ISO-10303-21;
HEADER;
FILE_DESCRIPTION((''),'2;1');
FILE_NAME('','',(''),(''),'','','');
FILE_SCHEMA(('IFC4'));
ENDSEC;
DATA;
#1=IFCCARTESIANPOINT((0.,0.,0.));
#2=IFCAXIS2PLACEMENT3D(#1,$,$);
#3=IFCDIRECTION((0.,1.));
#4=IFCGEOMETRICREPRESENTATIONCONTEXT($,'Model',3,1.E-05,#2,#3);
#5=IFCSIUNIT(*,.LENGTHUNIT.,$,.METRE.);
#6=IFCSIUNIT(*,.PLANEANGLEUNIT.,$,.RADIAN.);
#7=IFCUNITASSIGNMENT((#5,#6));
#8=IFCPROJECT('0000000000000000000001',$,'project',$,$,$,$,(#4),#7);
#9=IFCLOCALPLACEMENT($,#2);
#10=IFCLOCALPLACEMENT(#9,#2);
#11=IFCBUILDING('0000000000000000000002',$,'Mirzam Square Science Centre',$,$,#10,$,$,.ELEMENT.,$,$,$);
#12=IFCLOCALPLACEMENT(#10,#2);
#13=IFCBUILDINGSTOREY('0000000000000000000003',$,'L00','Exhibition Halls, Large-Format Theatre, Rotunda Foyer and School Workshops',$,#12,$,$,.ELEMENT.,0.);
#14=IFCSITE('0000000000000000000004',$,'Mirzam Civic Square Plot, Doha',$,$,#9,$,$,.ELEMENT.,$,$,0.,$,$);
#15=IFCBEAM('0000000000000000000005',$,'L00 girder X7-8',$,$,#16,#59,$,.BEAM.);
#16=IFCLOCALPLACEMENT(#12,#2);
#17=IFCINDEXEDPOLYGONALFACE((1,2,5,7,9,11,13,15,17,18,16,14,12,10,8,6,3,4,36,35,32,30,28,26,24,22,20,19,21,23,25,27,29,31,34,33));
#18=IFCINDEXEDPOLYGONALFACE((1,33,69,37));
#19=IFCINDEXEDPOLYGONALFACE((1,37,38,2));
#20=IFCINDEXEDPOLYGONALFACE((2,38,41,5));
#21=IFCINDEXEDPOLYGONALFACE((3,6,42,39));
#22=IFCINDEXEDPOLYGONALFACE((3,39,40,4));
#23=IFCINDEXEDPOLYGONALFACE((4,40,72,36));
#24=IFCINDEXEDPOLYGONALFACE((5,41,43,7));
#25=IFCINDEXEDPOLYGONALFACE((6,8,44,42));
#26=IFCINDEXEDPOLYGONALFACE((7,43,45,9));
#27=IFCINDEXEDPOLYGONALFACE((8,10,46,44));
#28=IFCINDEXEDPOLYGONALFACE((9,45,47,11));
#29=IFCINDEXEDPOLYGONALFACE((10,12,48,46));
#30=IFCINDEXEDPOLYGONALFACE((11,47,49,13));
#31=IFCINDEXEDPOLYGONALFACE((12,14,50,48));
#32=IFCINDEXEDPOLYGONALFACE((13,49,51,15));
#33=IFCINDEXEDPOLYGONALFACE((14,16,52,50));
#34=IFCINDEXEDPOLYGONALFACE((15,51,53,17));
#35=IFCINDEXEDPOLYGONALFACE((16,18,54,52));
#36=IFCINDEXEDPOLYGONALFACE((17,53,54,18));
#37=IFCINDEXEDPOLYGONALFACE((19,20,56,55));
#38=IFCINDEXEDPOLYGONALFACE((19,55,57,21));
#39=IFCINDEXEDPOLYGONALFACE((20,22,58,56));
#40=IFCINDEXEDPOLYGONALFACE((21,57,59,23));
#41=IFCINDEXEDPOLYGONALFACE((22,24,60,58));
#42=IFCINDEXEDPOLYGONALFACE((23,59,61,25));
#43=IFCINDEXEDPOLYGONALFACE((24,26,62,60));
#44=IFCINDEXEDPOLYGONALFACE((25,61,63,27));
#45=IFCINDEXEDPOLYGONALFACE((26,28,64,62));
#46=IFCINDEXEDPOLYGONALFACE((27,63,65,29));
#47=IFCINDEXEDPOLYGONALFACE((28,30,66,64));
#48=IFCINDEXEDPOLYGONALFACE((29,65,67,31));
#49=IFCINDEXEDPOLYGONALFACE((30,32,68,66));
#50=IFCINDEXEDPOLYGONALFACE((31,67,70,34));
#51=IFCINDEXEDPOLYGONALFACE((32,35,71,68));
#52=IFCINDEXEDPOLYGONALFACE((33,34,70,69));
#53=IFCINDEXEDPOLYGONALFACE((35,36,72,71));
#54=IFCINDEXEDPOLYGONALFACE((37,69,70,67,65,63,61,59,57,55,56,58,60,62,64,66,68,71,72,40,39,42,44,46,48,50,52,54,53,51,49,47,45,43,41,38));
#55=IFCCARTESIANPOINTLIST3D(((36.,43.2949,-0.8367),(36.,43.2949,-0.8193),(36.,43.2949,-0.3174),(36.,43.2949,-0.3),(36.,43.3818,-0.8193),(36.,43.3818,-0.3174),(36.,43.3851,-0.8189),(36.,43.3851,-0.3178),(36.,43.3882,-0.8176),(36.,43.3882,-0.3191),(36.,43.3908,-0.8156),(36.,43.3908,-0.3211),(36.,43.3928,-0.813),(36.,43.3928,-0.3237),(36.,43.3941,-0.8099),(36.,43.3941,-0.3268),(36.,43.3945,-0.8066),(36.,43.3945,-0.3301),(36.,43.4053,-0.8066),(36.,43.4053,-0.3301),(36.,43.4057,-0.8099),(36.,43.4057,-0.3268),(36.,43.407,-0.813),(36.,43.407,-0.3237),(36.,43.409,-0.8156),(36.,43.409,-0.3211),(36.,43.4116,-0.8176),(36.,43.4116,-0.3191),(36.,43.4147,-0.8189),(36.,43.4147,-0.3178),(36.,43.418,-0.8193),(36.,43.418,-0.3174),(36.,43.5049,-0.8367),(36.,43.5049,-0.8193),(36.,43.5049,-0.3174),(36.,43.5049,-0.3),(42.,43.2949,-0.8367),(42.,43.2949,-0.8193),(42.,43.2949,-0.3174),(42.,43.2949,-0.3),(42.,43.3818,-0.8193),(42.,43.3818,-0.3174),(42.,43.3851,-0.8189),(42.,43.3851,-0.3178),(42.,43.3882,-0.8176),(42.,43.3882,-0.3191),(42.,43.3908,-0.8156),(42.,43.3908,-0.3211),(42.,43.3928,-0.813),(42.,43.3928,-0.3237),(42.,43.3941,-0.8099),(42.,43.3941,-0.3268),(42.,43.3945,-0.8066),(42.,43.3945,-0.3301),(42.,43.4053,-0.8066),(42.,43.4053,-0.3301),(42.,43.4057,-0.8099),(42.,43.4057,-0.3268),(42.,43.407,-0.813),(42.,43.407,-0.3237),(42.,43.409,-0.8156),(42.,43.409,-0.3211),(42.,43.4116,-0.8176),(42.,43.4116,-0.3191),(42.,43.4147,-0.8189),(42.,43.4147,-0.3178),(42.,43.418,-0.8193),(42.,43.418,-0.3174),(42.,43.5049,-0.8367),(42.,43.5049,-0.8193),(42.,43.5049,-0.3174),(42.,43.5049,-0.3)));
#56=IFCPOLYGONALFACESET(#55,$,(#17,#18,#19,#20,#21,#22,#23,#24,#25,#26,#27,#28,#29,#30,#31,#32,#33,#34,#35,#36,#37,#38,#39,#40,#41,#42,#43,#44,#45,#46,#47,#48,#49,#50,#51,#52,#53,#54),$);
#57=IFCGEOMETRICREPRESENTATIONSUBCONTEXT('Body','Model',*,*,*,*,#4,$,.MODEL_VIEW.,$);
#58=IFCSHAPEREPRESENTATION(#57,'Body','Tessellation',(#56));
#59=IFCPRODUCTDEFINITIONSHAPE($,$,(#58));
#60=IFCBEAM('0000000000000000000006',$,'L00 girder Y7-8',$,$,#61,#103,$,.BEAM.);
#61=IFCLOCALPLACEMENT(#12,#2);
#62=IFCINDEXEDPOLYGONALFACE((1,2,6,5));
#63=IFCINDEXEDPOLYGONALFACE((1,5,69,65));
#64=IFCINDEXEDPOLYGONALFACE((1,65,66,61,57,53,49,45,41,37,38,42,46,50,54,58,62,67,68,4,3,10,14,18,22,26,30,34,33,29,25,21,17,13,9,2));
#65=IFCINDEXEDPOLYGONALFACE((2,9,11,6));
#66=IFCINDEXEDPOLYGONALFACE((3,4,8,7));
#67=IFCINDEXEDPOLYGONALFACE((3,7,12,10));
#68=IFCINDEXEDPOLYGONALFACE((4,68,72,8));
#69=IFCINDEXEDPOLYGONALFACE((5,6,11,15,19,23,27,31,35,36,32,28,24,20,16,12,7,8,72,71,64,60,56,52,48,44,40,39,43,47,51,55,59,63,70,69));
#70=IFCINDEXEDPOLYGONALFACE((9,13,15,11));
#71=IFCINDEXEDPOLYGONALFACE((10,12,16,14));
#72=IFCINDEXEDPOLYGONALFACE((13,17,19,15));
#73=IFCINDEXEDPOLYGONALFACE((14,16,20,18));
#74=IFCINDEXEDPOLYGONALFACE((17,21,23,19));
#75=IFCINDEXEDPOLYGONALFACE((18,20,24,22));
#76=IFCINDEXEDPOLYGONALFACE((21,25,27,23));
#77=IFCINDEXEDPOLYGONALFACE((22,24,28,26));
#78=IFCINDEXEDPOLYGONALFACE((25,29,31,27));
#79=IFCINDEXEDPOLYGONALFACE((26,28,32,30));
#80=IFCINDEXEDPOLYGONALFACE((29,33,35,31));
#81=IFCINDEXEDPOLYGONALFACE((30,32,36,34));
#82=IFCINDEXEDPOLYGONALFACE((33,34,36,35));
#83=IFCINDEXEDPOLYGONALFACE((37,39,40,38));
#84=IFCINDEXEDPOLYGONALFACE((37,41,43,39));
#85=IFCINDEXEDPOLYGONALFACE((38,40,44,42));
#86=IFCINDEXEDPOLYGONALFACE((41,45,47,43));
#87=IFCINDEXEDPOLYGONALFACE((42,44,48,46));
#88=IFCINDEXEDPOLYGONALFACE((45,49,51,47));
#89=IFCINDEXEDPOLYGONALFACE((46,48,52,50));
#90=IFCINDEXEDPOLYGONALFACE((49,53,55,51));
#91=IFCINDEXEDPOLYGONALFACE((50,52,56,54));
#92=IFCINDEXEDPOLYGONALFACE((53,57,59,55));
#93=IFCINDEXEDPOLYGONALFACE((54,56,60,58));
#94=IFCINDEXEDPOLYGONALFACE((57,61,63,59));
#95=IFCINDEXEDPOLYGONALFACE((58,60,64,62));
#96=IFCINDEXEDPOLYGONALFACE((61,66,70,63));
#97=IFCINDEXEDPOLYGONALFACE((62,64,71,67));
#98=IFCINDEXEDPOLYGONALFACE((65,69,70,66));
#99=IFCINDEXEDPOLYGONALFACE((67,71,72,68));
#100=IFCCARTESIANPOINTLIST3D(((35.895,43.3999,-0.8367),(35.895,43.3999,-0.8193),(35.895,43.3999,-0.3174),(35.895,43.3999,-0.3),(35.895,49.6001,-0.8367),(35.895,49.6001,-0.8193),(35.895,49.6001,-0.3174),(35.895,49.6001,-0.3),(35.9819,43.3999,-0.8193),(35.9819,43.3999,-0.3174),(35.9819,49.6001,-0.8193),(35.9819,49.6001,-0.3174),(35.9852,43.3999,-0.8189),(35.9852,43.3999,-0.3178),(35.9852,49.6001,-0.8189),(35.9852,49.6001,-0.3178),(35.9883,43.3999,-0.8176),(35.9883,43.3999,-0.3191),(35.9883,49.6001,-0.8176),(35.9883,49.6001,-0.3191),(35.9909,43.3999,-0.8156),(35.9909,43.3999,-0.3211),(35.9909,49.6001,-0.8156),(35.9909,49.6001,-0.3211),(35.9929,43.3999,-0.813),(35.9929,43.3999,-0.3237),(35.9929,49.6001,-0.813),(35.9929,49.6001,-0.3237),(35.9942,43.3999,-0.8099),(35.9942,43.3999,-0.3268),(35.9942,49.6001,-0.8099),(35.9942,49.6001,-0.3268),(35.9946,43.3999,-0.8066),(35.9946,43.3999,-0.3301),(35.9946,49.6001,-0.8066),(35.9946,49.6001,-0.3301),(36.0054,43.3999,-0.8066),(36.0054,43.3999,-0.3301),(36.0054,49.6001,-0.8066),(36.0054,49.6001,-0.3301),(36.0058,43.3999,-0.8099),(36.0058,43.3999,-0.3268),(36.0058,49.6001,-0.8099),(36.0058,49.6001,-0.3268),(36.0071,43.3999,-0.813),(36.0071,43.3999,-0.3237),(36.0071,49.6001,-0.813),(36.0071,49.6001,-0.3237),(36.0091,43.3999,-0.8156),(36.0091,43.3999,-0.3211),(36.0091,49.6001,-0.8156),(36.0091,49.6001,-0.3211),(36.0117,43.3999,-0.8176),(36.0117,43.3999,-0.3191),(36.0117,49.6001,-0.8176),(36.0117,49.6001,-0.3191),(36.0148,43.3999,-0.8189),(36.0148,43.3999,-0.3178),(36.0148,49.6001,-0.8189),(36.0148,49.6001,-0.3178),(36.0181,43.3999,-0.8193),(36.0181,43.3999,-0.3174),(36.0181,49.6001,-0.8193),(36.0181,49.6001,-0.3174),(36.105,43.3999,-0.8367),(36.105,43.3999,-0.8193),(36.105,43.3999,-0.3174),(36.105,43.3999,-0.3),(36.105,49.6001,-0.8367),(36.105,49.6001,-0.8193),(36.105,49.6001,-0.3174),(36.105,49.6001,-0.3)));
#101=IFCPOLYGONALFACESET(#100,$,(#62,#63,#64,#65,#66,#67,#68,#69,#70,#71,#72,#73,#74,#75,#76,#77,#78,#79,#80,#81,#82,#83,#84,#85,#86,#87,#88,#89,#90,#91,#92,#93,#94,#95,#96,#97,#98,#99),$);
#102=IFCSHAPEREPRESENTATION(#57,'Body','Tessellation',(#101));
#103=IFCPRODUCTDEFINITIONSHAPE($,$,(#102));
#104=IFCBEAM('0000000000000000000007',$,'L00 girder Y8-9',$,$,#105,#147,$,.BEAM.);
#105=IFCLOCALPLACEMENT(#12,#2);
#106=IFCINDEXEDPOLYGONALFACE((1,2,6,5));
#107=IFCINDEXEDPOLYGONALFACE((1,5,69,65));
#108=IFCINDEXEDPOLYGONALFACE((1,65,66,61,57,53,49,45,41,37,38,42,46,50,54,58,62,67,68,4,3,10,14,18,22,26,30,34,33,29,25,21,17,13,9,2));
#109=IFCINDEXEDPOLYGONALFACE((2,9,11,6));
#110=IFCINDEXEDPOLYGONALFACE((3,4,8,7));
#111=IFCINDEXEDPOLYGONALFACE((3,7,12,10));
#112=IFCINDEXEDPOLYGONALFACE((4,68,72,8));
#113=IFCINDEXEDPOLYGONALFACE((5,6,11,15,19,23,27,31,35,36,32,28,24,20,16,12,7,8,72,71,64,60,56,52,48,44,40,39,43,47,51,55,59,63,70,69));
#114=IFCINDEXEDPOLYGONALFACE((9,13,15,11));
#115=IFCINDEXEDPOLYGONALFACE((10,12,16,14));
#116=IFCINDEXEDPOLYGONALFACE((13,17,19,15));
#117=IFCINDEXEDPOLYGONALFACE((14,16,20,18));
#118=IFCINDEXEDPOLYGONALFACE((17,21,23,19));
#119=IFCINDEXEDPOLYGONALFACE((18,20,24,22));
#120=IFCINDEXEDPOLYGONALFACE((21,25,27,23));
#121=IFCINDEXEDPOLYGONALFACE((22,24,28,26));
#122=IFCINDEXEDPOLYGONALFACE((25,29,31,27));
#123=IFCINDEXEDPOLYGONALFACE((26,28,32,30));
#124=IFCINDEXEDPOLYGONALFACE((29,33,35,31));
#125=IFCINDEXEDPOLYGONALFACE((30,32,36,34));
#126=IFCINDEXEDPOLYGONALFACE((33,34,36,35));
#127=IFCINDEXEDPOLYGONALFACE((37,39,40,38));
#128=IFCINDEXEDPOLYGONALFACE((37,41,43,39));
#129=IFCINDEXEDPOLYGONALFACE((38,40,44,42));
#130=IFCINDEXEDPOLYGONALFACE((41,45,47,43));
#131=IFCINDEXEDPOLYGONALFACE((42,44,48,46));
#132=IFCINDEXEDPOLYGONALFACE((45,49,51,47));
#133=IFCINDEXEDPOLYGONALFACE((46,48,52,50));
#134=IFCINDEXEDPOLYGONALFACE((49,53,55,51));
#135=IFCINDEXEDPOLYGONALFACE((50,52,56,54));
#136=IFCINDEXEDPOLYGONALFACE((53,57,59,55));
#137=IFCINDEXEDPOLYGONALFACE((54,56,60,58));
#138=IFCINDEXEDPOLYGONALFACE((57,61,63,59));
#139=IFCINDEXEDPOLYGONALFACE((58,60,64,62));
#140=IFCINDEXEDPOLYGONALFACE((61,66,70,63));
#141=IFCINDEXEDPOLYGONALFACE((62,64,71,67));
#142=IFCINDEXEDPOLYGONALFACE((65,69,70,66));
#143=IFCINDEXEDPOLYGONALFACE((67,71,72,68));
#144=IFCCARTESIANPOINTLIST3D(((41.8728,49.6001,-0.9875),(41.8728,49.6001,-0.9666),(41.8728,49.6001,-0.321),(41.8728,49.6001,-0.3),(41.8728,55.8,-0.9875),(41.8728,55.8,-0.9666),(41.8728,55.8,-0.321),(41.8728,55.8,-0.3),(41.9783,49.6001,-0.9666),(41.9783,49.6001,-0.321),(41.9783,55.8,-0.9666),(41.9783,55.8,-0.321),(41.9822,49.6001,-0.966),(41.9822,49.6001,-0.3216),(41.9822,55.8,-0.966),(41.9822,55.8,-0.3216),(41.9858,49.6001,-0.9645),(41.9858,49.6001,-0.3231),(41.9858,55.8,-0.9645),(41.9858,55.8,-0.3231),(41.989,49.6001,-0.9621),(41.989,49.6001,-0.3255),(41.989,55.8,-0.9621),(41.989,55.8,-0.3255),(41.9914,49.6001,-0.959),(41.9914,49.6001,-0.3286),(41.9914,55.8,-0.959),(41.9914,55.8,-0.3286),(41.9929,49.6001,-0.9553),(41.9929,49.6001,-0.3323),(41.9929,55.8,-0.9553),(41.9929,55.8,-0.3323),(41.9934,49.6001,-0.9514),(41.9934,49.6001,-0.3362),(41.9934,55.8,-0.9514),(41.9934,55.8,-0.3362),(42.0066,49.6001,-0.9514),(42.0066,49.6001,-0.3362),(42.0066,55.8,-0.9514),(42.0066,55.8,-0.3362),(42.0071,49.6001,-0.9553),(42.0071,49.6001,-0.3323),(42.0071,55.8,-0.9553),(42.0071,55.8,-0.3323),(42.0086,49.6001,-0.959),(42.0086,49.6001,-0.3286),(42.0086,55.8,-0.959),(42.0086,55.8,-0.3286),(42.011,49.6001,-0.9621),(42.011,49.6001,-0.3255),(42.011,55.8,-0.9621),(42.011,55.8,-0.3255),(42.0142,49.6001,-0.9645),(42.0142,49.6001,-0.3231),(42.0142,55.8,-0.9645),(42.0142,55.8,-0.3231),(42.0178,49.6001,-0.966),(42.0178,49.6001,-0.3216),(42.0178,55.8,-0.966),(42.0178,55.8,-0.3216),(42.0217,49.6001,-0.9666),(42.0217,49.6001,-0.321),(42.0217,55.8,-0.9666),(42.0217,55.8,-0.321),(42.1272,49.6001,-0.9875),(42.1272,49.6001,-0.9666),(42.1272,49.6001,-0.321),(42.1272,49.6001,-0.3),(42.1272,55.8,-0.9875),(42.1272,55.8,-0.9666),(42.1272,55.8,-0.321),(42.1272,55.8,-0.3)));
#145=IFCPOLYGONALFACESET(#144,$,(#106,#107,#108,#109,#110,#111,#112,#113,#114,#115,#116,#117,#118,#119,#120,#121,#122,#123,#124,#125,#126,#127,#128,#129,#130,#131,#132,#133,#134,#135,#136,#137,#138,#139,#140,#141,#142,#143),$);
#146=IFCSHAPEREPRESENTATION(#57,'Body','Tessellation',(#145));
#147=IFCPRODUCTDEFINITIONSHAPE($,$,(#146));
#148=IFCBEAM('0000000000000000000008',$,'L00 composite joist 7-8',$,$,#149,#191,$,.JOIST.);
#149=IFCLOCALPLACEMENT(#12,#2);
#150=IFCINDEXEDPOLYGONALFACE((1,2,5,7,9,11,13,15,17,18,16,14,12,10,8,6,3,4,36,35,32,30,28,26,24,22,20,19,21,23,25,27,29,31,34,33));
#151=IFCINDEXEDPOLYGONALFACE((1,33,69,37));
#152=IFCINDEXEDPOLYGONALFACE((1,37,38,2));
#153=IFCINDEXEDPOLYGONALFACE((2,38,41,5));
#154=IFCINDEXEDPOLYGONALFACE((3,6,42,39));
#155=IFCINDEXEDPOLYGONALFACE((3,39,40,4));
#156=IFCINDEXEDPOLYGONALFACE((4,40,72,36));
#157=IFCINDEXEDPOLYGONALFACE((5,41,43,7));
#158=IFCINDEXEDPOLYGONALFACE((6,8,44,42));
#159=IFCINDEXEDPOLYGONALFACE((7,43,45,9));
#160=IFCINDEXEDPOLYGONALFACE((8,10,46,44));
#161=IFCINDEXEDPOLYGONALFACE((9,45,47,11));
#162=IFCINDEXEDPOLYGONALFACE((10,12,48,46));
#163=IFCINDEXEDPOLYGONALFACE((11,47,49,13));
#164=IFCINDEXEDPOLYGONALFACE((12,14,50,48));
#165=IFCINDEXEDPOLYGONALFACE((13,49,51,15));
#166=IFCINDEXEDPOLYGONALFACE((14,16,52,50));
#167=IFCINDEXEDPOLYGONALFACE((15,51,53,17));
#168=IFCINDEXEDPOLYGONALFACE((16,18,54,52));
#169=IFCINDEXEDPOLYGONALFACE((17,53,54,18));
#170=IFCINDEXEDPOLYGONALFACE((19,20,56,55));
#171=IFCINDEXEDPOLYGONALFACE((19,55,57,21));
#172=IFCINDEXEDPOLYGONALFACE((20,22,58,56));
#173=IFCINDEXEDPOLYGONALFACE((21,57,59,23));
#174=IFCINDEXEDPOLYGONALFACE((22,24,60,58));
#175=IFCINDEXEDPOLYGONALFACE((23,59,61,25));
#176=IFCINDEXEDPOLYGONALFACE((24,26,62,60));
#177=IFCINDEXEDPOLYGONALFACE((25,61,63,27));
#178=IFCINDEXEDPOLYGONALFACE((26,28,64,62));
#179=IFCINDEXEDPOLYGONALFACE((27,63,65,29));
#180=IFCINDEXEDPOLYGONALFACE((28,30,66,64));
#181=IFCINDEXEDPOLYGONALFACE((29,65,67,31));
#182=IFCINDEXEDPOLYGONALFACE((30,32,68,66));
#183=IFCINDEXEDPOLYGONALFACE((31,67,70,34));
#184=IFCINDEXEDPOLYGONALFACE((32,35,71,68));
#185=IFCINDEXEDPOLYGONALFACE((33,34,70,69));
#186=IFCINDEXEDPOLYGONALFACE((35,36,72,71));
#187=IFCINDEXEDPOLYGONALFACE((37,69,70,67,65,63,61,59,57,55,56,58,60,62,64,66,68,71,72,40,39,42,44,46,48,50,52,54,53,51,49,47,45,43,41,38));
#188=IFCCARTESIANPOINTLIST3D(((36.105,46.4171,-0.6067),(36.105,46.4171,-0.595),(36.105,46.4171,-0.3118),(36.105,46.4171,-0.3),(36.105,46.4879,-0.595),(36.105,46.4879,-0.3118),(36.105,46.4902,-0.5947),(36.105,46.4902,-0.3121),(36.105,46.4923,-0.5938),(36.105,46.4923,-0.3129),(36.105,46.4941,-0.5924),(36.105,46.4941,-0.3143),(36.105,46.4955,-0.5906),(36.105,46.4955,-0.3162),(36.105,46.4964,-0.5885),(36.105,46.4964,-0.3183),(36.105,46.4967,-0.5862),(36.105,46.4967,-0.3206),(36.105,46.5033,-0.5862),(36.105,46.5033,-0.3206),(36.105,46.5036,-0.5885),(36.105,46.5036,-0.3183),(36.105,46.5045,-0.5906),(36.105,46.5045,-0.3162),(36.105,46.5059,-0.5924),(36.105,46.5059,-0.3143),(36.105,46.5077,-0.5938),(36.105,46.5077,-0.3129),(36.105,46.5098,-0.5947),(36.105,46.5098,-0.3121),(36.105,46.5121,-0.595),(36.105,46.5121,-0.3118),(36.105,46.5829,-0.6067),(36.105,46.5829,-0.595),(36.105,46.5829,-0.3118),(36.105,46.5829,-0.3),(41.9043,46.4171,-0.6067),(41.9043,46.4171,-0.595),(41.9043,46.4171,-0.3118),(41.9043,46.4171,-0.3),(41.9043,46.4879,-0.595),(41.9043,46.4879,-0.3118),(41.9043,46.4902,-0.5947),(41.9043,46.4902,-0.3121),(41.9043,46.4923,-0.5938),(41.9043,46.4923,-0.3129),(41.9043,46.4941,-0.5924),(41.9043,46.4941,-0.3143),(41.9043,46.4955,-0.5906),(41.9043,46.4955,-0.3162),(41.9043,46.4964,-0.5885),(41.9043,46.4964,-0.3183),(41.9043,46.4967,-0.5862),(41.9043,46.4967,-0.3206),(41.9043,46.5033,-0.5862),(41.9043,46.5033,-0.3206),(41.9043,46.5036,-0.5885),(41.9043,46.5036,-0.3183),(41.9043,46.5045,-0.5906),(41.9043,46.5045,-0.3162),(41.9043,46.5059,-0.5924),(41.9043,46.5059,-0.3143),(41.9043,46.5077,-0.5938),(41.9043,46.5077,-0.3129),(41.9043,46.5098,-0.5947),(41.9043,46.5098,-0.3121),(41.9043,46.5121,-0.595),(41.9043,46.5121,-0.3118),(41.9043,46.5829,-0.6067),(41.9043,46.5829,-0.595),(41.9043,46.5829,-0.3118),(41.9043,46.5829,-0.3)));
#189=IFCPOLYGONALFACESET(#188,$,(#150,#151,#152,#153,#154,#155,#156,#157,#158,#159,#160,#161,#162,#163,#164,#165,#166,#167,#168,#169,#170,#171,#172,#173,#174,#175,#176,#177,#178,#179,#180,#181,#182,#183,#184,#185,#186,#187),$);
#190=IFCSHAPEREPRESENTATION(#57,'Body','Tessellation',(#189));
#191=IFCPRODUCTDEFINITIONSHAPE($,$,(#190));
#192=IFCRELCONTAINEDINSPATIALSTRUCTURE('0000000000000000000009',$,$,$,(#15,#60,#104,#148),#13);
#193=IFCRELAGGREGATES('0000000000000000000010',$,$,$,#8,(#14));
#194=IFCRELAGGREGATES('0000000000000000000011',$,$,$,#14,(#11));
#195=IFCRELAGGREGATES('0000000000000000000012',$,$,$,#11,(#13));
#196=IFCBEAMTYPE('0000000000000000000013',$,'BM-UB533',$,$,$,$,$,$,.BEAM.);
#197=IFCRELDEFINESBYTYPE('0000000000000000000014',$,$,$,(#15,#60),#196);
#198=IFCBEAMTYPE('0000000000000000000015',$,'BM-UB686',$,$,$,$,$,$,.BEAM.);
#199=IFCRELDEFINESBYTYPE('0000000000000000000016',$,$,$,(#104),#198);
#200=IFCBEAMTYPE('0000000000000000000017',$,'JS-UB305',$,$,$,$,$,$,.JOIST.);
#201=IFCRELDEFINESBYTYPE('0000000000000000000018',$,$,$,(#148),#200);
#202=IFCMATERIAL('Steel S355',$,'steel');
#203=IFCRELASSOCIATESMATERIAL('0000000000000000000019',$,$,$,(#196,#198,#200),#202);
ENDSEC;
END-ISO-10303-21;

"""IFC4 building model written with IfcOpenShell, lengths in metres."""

from ifc_helpers import new_model, si_unit, direction, frame, origin, origin_2d, place, context, subcontext, project, spatial, i_section, extrude, material, material_profile, profile_set, type_object, element, save


model = new_model("IFC4")

# Units and contexts
model_context = context("Model", 3, precision=1e-05, world=origin(), true_north=direction((0.0, 1.0)))
body_context = subcontext(model_context, "Body", "Model", "MODEL_VIEW")
ifc_project = project(units=[si_unit("LENGTHUNIT", "METRE"), si_unit("PLANEANGLEUNIT", "RADIAN")], contexts=[model_context])

# Site, building, storey
site_placement = place(None, origin())
site = spatial("IfcSite", under=ifc_project, at=site_placement, Name="Mirzam Civic Square Plot, Doha", CompositionType="ELEMENT", RefElevation=0.0)
building_placement = place(site_placement, origin())
building = spatial("IfcBuilding", under=site, at=building_placement, Name="Mirzam Square Science Centre", CompositionType="ELEMENT")
storey_placement = place(building_placement, origin())
storey = spatial("IfcBuildingStorey", under=building, at=storey_placement, Name="L00", Description="Exhibition Halls, Large-Format Theatre, Rotunda Foyer and School Workshops", CompositionType="ELEMENT", Elevation=0.0)

# Shared definitions
ifc_material_1 = material(Name="Steel S355", Category="steel")

# Beams
ifc_material_profile_1 = material_profile(ifc_material_1, i_section(OverallWidth=0.21, OverallDepth=0.5366, WebThickness=0.0107, FlangeThickness=0.0173, FilletRadius=0.0127, at=origin_2d()), Name="533x210x101UB")
ifc_profile_set_1 = profile_set([ifc_material_profile_1], Name="Steel S355")
beam_type_1 = type_object("IfcBeamType", Name="BM-UB533", PredefinedType="BEAM", material=ifc_profile_set_1)
beam_1_placement = place(storey_placement, frame((36.0, 43.3999, -0.5684), z_axis=(1.0, 0.0, 0.0), x_axis=(0.0, 1.0, 0.0)))
element("IfcBeam", 1, at=beam_1_placement, inside=storey, type_object=beam_type_1, Name="L00 girder X7-8", PredefinedType="BEAM", context=body_context, shape_type="SweptSolid", body=[
    extrude(i_section(OverallWidth=0.21, OverallDepth=0.5366, WebThickness=0.0107, FlangeThickness=0.0173, FilletRadius=0.0127, at=origin_2d()), origin(), (0.0, 0.0, 1.0), 6.0),
])
beam_2_placement = place(storey_placement, frame((36.0, 43.3999, -0.5684), z_axis=(0.0, 1.0, 0.0), x_axis=(-1.0, 0.0, 0.0)))
element("IfcBeam", 2, at=beam_2_placement, inside=storey, type_object=beam_type_1, Name="L00 girder Y7-8", PredefinedType="BEAM", context=body_context, shape_type="SweptSolid", body=[
    extrude(i_section(OverallWidth=0.21, OverallDepth=0.5366, WebThickness=0.0107, FlangeThickness=0.0173, FilletRadius=0.0127, at=origin_2d()), origin(), (0.0, 0.0, 1.0), 6.2002),
])
ifc_material_profile_2 = material_profile(ifc_material_1, i_section(OverallWidth=0.2544, OverallDepth=0.6875, WebThickness=0.0132, FlangeThickness=0.021, FilletRadius=0.0151, at=origin_2d()), Name="686x254x152UB")
ifc_profile_set_2 = profile_set([ifc_material_profile_2], Name="Steel S355")
beam_type_2 = type_object("IfcBeamType", Name="BM-UB686", PredefinedType="BEAM", material=ifc_profile_set_2)
beam_3_placement = place(storey_placement, frame((42.0, 49.6001, -0.6438), z_axis=(0.0, 1.0, 0.0), x_axis=(-1.0, 0.0, 0.0)))
element("IfcBeam", 3, at=beam_3_placement, inside=storey, type_object=beam_type_2, Name="L00 girder Y8-9", PredefinedType="BEAM", context=body_context, shape_type="SweptSolid", body=[
    extrude(i_section(OverallWidth=0.2544, OverallDepth=0.6875, WebThickness=0.0132, FlangeThickness=0.021, FilletRadius=0.0151, at=origin_2d()), origin(), (0.0, 0.0, 1.0), 6.2),
])
ifc_material_profile_3 = material_profile(ifc_material_1, i_section(OverallWidth=0.1658, OverallDepth=0.3066, WebThickness=0.0066, FlangeThickness=0.0117, FilletRadius=0.0088, at=origin_2d()), Name="305x165x46UB")
ifc_profile_set_3 = profile_set([ifc_material_profile_3], Name="Steel S355")
beam_type_3 = type_object("IfcBeamType", Name="JS-UB305", PredefinedType="JOIST", material=ifc_profile_set_3)
for number, where, z_axis, x_axis, name in (
    (4, (36.105, 46.5, -0.4534), (1.0, 0.0, 0.0), (0.0, 1.0, 0.0), "L00 composite joist 7-8"),
):
    element("IfcBeam", number, at=place(storey_placement, frame(where, z_axis=z_axis, x_axis=x_axis)), inside=storey, type_object=beam_type_3, Name=name, PredefinedType="JOIST", context=body_context, shape_type="SweptSolid", body=[
        extrude(i_section(OverallWidth=0.1658, OverallDepth=0.3066, WebThickness=0.0066, FlangeThickness=0.0117, FilletRadius=0.0088, at=origin_2d()), origin(), (0.0, 0.0, 1.0), 5.7993),
    ])

save(model, "model.ifc")
